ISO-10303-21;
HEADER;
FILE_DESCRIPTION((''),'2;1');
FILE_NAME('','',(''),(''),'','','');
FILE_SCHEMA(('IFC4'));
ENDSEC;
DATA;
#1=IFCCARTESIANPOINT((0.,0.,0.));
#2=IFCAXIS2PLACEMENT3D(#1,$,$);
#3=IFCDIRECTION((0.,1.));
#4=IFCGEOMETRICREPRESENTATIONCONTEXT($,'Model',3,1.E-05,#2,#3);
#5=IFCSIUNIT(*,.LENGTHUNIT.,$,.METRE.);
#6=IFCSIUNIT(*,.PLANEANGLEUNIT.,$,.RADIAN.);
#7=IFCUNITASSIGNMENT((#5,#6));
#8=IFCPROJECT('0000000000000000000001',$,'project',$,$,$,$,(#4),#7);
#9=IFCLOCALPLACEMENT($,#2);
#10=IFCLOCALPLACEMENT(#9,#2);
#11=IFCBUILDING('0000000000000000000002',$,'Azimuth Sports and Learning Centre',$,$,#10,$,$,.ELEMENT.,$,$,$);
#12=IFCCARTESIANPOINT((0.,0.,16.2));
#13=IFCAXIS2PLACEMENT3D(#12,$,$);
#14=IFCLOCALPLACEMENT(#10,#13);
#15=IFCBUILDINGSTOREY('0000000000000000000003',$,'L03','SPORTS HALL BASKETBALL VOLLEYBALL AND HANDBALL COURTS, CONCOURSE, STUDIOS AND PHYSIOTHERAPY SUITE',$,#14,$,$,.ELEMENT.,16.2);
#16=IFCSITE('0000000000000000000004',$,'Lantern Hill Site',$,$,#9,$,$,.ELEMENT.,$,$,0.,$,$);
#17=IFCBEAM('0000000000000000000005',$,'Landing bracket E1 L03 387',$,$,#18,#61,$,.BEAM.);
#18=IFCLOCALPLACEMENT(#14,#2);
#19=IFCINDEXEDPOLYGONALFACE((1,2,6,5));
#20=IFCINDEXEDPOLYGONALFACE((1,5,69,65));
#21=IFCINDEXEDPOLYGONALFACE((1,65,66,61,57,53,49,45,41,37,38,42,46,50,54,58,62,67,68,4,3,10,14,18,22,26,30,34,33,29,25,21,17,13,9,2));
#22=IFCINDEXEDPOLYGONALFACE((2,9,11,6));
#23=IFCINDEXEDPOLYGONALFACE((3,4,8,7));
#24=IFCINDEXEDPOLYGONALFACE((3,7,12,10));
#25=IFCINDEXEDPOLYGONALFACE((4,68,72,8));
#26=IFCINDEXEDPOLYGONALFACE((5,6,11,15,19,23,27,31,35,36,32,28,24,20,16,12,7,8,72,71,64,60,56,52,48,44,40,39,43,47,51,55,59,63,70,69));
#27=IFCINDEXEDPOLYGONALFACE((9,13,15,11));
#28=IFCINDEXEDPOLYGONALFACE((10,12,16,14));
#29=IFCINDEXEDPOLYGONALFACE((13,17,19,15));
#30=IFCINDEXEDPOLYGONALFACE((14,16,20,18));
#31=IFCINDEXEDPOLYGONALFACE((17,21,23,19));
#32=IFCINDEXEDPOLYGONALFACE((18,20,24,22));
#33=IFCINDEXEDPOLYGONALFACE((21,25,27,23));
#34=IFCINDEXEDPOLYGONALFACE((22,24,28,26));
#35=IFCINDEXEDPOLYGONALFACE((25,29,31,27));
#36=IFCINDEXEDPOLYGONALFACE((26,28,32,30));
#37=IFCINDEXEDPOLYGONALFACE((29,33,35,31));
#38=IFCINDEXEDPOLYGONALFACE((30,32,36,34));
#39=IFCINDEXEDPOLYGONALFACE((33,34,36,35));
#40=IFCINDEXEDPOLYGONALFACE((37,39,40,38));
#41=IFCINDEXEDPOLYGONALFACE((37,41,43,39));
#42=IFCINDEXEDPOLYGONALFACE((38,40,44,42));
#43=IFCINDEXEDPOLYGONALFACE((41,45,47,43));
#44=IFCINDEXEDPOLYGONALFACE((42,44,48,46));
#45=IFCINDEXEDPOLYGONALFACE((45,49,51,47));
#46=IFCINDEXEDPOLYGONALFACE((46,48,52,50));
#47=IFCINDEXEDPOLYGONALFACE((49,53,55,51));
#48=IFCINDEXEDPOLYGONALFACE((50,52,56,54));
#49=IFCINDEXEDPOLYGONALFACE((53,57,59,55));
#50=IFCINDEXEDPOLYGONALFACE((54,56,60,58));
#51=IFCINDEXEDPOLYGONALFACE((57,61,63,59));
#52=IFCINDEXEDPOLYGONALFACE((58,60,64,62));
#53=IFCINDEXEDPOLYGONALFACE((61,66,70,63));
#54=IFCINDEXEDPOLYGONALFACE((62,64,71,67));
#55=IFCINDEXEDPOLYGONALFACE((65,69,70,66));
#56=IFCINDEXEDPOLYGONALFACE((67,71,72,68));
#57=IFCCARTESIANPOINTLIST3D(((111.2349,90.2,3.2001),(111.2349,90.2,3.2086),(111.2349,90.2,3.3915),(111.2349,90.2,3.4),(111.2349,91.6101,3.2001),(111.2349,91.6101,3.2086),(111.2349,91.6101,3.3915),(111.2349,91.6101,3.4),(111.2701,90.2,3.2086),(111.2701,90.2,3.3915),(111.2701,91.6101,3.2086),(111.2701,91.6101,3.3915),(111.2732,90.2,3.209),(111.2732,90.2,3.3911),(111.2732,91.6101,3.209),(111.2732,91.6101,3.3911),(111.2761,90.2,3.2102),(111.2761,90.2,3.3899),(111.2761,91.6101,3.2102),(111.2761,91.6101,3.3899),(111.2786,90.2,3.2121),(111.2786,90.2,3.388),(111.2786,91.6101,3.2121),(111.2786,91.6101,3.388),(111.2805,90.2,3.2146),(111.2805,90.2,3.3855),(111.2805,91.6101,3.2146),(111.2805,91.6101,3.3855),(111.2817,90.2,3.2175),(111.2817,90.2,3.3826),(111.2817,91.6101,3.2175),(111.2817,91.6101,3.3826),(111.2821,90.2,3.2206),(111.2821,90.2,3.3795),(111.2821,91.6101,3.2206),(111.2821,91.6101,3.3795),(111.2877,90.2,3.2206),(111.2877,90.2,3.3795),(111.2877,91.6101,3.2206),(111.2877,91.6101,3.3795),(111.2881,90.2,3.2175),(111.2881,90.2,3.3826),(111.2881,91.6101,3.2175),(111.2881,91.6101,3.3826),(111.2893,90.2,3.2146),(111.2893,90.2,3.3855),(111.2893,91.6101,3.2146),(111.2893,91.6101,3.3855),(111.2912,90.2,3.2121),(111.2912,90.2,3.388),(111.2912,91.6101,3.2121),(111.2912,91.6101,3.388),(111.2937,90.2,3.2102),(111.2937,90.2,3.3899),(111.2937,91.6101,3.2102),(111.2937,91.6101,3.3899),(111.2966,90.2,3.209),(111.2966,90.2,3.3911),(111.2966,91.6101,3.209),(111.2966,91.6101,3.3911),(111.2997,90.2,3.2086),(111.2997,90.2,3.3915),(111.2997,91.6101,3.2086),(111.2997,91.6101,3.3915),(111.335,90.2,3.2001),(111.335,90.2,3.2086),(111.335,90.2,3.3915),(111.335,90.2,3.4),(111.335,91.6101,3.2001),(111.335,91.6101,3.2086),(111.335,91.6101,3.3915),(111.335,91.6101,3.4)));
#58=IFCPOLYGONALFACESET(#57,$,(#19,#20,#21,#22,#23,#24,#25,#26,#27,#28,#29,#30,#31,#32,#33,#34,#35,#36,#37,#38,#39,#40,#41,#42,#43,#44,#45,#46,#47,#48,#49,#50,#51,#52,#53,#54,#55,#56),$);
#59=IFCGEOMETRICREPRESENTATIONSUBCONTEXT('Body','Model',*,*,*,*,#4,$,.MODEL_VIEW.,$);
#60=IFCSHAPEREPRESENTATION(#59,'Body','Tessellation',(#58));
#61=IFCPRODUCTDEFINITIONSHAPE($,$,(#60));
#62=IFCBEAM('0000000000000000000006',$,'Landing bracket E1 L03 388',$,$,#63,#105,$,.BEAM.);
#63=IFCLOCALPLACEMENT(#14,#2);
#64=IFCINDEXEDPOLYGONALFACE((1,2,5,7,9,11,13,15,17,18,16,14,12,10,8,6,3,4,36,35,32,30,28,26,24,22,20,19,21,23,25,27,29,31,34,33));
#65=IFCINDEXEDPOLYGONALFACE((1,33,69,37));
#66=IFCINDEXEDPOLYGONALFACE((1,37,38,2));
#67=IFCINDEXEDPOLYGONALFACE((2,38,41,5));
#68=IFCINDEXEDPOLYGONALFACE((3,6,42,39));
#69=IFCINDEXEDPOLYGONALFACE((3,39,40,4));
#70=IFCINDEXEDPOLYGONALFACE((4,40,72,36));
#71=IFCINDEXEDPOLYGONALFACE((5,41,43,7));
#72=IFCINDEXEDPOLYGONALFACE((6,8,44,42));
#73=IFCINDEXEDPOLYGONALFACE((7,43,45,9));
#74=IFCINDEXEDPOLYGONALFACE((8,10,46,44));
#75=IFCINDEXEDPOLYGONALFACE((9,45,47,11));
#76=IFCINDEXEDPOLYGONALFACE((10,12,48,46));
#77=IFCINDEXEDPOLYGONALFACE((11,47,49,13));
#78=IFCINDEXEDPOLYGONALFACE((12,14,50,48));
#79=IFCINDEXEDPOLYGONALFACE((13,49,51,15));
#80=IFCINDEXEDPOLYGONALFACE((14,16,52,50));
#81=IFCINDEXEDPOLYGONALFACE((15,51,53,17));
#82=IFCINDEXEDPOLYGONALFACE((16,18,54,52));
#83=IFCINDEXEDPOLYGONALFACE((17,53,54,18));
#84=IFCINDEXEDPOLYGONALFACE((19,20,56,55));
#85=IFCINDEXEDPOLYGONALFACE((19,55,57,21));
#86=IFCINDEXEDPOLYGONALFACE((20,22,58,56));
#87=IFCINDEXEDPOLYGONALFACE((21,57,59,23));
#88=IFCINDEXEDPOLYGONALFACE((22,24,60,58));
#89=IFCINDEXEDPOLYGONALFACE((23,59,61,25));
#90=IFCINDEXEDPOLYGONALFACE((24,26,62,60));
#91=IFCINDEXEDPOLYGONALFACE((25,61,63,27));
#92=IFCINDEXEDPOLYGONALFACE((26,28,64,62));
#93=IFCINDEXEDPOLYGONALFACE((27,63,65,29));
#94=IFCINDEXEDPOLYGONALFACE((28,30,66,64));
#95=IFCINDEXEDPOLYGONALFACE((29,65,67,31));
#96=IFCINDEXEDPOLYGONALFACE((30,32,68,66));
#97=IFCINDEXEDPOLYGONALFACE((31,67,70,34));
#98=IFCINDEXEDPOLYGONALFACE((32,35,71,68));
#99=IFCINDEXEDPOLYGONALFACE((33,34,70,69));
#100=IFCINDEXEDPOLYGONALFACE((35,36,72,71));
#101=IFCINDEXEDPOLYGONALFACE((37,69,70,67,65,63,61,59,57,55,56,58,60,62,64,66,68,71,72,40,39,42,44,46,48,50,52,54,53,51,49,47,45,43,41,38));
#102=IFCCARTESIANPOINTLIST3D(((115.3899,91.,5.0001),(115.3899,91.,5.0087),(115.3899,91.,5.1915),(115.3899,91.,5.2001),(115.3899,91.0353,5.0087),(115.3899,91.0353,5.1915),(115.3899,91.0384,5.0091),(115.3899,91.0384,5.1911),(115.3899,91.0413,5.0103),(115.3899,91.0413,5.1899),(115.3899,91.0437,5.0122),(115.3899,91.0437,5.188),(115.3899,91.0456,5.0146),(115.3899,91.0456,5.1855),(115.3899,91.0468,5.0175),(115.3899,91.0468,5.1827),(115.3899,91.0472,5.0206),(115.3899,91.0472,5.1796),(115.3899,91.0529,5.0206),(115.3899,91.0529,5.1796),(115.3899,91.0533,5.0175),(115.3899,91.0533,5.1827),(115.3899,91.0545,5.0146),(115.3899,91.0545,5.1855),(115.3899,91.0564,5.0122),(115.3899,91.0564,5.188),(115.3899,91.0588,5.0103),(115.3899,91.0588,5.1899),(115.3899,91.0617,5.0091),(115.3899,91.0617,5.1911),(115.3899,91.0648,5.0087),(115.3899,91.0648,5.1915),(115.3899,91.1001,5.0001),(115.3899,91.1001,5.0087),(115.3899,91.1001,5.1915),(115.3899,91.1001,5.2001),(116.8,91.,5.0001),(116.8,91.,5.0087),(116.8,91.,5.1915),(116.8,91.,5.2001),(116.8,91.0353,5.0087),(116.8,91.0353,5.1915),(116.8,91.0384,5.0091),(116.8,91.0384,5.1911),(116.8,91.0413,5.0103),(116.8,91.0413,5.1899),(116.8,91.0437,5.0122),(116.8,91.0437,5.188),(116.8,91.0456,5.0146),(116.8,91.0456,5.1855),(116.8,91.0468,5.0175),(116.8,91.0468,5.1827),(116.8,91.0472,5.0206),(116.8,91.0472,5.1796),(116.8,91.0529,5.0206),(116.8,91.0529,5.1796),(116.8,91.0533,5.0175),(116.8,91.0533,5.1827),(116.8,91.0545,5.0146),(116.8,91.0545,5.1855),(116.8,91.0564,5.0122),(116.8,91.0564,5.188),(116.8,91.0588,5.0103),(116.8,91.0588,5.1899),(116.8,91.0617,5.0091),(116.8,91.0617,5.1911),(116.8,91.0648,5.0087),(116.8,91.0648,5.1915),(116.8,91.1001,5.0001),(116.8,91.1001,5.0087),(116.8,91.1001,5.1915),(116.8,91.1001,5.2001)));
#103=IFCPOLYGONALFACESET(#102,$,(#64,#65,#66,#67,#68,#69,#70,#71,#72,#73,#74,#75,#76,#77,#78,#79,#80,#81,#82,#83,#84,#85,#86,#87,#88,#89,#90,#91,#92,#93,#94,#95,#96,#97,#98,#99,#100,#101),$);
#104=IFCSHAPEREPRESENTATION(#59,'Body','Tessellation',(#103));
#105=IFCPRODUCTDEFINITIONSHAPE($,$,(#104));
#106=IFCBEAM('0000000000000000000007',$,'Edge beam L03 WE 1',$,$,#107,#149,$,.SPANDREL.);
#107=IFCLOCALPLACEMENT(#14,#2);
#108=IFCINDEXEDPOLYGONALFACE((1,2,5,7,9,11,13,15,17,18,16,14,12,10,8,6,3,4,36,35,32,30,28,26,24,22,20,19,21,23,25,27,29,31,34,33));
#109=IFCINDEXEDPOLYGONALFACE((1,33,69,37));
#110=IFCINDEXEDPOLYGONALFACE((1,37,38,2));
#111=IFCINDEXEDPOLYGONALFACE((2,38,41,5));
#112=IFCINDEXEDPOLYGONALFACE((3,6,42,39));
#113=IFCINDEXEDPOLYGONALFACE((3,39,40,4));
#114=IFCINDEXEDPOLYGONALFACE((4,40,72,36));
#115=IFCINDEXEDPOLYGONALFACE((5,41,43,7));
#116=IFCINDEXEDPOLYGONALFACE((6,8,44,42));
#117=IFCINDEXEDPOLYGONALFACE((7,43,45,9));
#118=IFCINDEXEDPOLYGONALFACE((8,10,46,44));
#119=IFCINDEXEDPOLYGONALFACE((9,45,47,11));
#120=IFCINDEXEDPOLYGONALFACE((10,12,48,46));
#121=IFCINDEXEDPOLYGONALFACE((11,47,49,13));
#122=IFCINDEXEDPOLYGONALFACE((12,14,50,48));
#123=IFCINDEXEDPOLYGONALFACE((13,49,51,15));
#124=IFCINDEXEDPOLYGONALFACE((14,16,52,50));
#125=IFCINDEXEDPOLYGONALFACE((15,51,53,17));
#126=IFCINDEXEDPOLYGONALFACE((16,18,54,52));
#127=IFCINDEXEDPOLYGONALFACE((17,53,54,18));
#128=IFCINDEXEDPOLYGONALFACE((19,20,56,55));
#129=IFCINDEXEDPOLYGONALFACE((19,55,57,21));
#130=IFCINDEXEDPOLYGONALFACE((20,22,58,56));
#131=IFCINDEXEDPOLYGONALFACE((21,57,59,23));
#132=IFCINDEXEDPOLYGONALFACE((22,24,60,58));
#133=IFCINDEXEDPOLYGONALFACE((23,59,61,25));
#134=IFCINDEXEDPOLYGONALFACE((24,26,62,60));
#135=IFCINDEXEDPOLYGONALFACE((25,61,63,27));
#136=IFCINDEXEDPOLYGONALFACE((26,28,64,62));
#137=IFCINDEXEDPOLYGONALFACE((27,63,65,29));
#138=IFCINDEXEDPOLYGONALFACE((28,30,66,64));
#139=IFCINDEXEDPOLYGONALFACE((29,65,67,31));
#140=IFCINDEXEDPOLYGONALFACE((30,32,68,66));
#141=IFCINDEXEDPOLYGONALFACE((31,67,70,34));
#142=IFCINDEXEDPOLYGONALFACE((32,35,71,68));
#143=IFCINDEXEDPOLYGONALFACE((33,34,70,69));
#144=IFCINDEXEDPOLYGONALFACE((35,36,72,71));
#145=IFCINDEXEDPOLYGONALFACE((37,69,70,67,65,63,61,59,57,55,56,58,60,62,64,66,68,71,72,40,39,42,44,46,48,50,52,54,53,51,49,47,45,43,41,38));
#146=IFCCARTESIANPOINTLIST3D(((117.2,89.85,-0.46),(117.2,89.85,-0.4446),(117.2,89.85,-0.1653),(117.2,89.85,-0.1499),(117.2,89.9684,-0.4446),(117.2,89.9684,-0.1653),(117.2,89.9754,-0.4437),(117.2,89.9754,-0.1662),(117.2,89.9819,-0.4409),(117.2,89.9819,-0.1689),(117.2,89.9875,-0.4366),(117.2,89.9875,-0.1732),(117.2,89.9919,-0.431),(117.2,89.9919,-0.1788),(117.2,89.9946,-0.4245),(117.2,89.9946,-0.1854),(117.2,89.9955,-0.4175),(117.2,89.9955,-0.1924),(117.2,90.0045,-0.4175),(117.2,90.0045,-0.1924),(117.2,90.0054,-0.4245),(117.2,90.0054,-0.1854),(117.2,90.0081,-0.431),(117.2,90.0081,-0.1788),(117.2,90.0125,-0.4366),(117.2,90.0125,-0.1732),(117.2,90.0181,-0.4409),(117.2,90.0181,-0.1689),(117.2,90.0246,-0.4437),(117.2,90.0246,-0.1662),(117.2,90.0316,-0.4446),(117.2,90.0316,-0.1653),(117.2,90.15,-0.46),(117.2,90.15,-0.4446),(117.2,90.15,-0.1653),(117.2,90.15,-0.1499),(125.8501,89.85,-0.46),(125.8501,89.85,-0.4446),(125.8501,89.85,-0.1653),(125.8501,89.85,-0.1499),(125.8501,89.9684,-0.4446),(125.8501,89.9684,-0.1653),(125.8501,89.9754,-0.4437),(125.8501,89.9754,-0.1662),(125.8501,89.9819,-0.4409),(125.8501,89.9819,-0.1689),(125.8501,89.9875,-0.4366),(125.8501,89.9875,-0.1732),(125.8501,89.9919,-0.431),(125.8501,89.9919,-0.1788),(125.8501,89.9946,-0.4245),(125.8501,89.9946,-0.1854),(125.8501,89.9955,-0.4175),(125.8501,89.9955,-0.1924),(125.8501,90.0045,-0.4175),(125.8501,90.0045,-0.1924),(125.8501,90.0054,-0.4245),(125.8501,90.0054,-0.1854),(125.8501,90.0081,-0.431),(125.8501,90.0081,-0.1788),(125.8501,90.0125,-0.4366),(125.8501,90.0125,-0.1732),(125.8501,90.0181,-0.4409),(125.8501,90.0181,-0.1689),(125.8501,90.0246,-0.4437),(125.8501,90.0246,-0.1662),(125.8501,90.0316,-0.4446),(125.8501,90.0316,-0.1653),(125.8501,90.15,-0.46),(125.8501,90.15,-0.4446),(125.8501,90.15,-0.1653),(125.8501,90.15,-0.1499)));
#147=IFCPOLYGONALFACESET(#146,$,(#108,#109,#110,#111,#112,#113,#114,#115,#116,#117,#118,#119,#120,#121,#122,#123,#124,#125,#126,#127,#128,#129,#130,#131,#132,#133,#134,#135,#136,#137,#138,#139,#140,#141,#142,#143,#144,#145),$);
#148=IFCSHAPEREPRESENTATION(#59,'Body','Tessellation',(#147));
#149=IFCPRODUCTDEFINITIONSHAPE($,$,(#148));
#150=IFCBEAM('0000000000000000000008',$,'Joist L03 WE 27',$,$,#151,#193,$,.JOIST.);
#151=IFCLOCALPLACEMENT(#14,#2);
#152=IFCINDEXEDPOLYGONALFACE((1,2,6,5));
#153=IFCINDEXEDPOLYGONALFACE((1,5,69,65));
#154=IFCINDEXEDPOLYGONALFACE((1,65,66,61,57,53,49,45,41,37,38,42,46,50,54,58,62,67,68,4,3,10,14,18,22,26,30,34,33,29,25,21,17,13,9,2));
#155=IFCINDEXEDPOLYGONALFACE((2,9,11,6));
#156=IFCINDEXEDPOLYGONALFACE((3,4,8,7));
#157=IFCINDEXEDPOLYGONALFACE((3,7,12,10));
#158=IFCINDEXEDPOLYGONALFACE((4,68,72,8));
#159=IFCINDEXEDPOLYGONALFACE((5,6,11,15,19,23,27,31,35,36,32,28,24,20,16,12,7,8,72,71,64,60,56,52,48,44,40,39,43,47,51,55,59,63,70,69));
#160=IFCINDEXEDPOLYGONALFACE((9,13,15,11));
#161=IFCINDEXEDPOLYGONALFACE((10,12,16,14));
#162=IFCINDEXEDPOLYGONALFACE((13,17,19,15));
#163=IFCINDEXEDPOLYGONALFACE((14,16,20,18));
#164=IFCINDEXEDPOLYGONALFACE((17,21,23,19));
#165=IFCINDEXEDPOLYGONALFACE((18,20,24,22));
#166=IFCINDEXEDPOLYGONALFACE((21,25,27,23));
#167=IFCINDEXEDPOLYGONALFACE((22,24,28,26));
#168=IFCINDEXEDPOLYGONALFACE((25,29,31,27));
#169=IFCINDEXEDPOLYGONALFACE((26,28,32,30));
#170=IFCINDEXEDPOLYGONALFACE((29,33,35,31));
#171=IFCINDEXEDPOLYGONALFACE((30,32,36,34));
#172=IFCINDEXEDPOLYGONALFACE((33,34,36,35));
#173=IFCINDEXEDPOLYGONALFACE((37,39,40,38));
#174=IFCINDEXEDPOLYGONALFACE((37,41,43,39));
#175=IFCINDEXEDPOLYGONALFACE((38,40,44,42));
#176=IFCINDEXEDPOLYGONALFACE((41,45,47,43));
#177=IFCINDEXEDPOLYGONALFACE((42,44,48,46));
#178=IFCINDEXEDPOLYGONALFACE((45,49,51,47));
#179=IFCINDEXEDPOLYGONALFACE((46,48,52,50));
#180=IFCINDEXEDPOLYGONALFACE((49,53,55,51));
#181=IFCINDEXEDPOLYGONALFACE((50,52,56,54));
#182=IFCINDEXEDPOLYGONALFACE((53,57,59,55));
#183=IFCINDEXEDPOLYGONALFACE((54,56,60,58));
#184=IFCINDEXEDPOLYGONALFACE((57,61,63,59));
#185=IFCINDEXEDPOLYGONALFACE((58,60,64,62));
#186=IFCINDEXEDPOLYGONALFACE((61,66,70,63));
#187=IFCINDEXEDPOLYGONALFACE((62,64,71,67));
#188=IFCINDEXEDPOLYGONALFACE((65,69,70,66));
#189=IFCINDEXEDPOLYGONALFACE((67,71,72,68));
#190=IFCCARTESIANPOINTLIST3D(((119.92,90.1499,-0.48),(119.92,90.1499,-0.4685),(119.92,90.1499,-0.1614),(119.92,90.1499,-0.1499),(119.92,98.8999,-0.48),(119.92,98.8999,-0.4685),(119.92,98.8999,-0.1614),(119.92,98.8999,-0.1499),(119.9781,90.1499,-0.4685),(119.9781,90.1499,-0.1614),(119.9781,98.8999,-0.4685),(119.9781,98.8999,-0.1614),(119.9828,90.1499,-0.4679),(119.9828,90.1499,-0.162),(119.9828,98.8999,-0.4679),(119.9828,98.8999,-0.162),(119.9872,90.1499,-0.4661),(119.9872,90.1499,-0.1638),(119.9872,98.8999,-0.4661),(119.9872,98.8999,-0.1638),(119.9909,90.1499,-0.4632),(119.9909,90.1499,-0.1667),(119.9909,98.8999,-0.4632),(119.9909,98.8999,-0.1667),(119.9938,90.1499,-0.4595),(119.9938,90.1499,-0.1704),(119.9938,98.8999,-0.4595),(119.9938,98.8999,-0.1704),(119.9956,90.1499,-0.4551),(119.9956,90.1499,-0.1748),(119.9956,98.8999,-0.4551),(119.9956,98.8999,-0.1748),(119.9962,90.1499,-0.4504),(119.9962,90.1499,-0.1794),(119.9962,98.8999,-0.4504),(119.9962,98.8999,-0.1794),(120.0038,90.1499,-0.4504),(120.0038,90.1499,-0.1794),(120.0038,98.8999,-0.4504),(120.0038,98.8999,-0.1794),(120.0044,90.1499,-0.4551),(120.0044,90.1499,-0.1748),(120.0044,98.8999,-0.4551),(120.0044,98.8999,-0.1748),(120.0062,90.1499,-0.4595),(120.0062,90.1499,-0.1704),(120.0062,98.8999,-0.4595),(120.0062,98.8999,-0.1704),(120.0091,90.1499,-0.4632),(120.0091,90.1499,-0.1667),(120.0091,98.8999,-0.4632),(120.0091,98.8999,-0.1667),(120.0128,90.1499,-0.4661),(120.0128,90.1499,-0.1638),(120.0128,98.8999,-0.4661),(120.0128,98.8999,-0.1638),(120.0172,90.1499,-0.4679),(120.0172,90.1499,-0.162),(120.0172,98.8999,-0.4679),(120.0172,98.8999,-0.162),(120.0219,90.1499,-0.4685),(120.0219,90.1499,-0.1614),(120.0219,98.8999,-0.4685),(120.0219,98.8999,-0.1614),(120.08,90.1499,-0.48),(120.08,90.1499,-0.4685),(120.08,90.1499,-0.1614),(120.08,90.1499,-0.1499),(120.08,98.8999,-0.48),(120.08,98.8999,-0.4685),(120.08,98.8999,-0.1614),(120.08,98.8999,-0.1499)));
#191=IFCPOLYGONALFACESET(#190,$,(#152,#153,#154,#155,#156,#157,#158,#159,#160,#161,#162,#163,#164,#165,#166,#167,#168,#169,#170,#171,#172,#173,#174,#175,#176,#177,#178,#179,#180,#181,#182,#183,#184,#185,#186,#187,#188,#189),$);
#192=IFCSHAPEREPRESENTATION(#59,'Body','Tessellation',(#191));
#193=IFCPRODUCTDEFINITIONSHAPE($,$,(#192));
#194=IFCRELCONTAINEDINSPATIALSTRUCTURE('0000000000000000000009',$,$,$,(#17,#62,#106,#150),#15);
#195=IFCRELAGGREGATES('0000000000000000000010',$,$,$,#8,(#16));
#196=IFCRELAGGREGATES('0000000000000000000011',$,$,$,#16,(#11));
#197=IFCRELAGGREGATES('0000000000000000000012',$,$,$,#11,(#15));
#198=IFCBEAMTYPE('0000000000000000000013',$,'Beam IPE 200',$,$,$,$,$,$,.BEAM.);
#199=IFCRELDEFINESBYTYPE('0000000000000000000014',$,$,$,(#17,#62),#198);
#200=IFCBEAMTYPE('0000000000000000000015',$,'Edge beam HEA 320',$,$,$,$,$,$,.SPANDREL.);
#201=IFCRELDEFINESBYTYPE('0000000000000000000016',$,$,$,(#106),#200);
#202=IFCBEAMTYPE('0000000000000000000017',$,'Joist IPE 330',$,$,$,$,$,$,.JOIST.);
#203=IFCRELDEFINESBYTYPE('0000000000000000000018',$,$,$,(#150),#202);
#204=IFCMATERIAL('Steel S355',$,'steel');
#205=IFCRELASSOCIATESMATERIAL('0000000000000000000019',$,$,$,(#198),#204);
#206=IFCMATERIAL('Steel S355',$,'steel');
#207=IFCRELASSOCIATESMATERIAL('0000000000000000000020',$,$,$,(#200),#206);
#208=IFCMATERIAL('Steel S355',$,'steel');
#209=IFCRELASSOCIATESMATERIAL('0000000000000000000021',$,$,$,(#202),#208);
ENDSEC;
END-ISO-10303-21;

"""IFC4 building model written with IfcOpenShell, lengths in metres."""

from ifc_helpers import new_model, si_unit, direction, frame, origin, origin_2d, place, context, subcontext, project, spatial, i_section, extrude, material, material_profile, profile_set, type_object, element, save


model = new_model("IFC4")

# Units and contexts
model_context = context("Model", 3, precision=1e-05, world=origin(), true_north=direction((0.0, 1.0)))
body_context = subcontext(model_context, "Body", "Model", "MODEL_VIEW")
ifc_project = project(units=[si_unit("LENGTHUNIT", "METRE"), si_unit("PLANEANGLEUNIT", "RADIAN")], contexts=[model_context])

# Site, building, storey
site_placement = place(None, origin())
site = spatial("IfcSite", under=ifc_project, at=site_placement, Name="Lantern Hill Site", CompositionType="ELEMENT", RefElevation=0.0)
building_placement = place(site_placement, origin())
building = spatial("IfcBuilding", under=site, at=building_placement, Name="Azimuth Sports and Learning Centre", CompositionType="ELEMENT")
storey_placement = place(building_placement, frame((0.0, 0.0, 16.2)))
storey = spatial("IfcBuildingStorey", under=building, at=storey_placement, Name="L03", Description="SPORTS HALL BASKETBALL VOLLEYBALL AND HANDBALL COURTS, CONCOURSE, STUDIOS AND PHYSIOTHERAPY SUITE", CompositionType="ELEMENT", Elevation=16.2)

# Beams
ifc_material_1 = material(Name="Steel S355", Category="steel")
ifc_material_profile_1 = material_profile(ifc_material_1, i_section(OverallWidth=0.1001, OverallDepth=0.2, WebThickness=0.0056, FlangeThickness=0.0085, FilletRadius=0.012, at=origin_2d()), Name="IPE 200")
ifc_profile_set_1 = profile_set([ifc_material_profile_1], Name="Steel S355")
beam_type_1 = type_object("IfcBeamType", Name="Beam IPE 200", PredefinedType="BEAM", material=ifc_profile_set_1)
for number, where, z_axis, x_axis, name in (
    (1, (111.2849, 90.2, 3.3), (0.0, 1.0, 0.0), (-1.0, 0.0, 0.0), "Landing bracket E1 L03 387"),
    (2, (116.8, 91.05, 5.1001), (-1.0, 0.0, 0.0), (0.0, -1.0, 0.0), "Landing bracket E1 L03 388"),
):
    element("IfcBeam", number, at=place(storey_placement, frame(where, z_axis=z_axis, x_axis=x_axis)), inside=storey, type_object=beam_type_1, Name=name, PredefinedType="BEAM", context=body_context, shape_type="SweptSolid", body=[
        extrude(i_section(OverallWidth=0.1001, OverallDepth=0.2, WebThickness=0.0056, FlangeThickness=0.0085, FilletRadius=0.012, at=origin_2d()), origin(), (0.0, 0.0, 1.0), 1.4102),
    ])
ifc_material_2 = material(Name="Steel S355", Category="steel")
ifc_material_profile_2 = material_profile(ifc_material_2, i_section(OverallWidth=0.3, OverallDepth=0.3101, WebThickness=0.009, FlangeThickness=0.0154, FilletRadius=0.0271, at=origin_2d()), Name="HEA 320")
ifc_profile_set_2 = profile_set([ifc_material_profile_2], Name="Steel S355")
beam_type_2 = type_object("IfcBeamType", Name="Edge beam HEA 320", PredefinedType="SPANDREL", material=ifc_profile_set_2)
beam_1_placement = place(storey_placement, frame((117.2, 90.0, -0.3049), z_axis=(1.0, 0.0, 0.0), x_axis=(0.0, 1.0, 0.0)))
element("IfcBeam", 3, at=beam_1_placement, inside=storey, type_object=beam_type_2, Name="Edge beam L03 WE 1", PredefinedType="SPANDREL", context=body_context, shape_type="SweptSolid", body=[
    extrude(i_section(OverallWidth=0.3, OverallDepth=0.3101, WebThickness=0.009, FlangeThickness=0.0154, FilletRadius=0.0271, at=origin_2d()), origin(), (0.0, 0.0, 1.0), 8.6501),
])
ifc_material_3 = material(Name="Steel S355", Category="steel")
ifc_material_profile_3 = material_profile(ifc_material_3, i_section(OverallWidth=0.1599, OverallDepth=0.3301, WebThickness=0.0076, FlangeThickness=0.0115, FilletRadius=0.0181, at=origin_2d()), Name="IPE 330")
ifc_profile_set_3 = profile_set([ifc_material_profile_3], Name="Steel S355")
beam_type_3 = type_object("IfcBeamType", Name="Joist IPE 330", PredefinedType="JOIST", material=ifc_profile_set_3)
beam_2_placement = place(storey_placement, frame((120.0, 90.1499, -0.3149), z_axis=(0.0, 1.0, 0.0), x_axis=(-1.0, 0.0, 0.0)))
element("IfcBeam", 4, at=beam_2_placement, inside=storey, type_object=beam_type_3, Name="Joist L03 WE 27", PredefinedType="JOIST", context=body_context, shape_type="SweptSolid", body=[
    extrude(i_section(OverallWidth=0.1599, OverallDepth=0.3301, WebThickness=0.0076, FlangeThickness=0.0115, FilletRadius=0.0181, at=origin_2d()), origin(), (0.0, 0.0, 1.0), 8.75),
])

save(model, "model.ifc")
